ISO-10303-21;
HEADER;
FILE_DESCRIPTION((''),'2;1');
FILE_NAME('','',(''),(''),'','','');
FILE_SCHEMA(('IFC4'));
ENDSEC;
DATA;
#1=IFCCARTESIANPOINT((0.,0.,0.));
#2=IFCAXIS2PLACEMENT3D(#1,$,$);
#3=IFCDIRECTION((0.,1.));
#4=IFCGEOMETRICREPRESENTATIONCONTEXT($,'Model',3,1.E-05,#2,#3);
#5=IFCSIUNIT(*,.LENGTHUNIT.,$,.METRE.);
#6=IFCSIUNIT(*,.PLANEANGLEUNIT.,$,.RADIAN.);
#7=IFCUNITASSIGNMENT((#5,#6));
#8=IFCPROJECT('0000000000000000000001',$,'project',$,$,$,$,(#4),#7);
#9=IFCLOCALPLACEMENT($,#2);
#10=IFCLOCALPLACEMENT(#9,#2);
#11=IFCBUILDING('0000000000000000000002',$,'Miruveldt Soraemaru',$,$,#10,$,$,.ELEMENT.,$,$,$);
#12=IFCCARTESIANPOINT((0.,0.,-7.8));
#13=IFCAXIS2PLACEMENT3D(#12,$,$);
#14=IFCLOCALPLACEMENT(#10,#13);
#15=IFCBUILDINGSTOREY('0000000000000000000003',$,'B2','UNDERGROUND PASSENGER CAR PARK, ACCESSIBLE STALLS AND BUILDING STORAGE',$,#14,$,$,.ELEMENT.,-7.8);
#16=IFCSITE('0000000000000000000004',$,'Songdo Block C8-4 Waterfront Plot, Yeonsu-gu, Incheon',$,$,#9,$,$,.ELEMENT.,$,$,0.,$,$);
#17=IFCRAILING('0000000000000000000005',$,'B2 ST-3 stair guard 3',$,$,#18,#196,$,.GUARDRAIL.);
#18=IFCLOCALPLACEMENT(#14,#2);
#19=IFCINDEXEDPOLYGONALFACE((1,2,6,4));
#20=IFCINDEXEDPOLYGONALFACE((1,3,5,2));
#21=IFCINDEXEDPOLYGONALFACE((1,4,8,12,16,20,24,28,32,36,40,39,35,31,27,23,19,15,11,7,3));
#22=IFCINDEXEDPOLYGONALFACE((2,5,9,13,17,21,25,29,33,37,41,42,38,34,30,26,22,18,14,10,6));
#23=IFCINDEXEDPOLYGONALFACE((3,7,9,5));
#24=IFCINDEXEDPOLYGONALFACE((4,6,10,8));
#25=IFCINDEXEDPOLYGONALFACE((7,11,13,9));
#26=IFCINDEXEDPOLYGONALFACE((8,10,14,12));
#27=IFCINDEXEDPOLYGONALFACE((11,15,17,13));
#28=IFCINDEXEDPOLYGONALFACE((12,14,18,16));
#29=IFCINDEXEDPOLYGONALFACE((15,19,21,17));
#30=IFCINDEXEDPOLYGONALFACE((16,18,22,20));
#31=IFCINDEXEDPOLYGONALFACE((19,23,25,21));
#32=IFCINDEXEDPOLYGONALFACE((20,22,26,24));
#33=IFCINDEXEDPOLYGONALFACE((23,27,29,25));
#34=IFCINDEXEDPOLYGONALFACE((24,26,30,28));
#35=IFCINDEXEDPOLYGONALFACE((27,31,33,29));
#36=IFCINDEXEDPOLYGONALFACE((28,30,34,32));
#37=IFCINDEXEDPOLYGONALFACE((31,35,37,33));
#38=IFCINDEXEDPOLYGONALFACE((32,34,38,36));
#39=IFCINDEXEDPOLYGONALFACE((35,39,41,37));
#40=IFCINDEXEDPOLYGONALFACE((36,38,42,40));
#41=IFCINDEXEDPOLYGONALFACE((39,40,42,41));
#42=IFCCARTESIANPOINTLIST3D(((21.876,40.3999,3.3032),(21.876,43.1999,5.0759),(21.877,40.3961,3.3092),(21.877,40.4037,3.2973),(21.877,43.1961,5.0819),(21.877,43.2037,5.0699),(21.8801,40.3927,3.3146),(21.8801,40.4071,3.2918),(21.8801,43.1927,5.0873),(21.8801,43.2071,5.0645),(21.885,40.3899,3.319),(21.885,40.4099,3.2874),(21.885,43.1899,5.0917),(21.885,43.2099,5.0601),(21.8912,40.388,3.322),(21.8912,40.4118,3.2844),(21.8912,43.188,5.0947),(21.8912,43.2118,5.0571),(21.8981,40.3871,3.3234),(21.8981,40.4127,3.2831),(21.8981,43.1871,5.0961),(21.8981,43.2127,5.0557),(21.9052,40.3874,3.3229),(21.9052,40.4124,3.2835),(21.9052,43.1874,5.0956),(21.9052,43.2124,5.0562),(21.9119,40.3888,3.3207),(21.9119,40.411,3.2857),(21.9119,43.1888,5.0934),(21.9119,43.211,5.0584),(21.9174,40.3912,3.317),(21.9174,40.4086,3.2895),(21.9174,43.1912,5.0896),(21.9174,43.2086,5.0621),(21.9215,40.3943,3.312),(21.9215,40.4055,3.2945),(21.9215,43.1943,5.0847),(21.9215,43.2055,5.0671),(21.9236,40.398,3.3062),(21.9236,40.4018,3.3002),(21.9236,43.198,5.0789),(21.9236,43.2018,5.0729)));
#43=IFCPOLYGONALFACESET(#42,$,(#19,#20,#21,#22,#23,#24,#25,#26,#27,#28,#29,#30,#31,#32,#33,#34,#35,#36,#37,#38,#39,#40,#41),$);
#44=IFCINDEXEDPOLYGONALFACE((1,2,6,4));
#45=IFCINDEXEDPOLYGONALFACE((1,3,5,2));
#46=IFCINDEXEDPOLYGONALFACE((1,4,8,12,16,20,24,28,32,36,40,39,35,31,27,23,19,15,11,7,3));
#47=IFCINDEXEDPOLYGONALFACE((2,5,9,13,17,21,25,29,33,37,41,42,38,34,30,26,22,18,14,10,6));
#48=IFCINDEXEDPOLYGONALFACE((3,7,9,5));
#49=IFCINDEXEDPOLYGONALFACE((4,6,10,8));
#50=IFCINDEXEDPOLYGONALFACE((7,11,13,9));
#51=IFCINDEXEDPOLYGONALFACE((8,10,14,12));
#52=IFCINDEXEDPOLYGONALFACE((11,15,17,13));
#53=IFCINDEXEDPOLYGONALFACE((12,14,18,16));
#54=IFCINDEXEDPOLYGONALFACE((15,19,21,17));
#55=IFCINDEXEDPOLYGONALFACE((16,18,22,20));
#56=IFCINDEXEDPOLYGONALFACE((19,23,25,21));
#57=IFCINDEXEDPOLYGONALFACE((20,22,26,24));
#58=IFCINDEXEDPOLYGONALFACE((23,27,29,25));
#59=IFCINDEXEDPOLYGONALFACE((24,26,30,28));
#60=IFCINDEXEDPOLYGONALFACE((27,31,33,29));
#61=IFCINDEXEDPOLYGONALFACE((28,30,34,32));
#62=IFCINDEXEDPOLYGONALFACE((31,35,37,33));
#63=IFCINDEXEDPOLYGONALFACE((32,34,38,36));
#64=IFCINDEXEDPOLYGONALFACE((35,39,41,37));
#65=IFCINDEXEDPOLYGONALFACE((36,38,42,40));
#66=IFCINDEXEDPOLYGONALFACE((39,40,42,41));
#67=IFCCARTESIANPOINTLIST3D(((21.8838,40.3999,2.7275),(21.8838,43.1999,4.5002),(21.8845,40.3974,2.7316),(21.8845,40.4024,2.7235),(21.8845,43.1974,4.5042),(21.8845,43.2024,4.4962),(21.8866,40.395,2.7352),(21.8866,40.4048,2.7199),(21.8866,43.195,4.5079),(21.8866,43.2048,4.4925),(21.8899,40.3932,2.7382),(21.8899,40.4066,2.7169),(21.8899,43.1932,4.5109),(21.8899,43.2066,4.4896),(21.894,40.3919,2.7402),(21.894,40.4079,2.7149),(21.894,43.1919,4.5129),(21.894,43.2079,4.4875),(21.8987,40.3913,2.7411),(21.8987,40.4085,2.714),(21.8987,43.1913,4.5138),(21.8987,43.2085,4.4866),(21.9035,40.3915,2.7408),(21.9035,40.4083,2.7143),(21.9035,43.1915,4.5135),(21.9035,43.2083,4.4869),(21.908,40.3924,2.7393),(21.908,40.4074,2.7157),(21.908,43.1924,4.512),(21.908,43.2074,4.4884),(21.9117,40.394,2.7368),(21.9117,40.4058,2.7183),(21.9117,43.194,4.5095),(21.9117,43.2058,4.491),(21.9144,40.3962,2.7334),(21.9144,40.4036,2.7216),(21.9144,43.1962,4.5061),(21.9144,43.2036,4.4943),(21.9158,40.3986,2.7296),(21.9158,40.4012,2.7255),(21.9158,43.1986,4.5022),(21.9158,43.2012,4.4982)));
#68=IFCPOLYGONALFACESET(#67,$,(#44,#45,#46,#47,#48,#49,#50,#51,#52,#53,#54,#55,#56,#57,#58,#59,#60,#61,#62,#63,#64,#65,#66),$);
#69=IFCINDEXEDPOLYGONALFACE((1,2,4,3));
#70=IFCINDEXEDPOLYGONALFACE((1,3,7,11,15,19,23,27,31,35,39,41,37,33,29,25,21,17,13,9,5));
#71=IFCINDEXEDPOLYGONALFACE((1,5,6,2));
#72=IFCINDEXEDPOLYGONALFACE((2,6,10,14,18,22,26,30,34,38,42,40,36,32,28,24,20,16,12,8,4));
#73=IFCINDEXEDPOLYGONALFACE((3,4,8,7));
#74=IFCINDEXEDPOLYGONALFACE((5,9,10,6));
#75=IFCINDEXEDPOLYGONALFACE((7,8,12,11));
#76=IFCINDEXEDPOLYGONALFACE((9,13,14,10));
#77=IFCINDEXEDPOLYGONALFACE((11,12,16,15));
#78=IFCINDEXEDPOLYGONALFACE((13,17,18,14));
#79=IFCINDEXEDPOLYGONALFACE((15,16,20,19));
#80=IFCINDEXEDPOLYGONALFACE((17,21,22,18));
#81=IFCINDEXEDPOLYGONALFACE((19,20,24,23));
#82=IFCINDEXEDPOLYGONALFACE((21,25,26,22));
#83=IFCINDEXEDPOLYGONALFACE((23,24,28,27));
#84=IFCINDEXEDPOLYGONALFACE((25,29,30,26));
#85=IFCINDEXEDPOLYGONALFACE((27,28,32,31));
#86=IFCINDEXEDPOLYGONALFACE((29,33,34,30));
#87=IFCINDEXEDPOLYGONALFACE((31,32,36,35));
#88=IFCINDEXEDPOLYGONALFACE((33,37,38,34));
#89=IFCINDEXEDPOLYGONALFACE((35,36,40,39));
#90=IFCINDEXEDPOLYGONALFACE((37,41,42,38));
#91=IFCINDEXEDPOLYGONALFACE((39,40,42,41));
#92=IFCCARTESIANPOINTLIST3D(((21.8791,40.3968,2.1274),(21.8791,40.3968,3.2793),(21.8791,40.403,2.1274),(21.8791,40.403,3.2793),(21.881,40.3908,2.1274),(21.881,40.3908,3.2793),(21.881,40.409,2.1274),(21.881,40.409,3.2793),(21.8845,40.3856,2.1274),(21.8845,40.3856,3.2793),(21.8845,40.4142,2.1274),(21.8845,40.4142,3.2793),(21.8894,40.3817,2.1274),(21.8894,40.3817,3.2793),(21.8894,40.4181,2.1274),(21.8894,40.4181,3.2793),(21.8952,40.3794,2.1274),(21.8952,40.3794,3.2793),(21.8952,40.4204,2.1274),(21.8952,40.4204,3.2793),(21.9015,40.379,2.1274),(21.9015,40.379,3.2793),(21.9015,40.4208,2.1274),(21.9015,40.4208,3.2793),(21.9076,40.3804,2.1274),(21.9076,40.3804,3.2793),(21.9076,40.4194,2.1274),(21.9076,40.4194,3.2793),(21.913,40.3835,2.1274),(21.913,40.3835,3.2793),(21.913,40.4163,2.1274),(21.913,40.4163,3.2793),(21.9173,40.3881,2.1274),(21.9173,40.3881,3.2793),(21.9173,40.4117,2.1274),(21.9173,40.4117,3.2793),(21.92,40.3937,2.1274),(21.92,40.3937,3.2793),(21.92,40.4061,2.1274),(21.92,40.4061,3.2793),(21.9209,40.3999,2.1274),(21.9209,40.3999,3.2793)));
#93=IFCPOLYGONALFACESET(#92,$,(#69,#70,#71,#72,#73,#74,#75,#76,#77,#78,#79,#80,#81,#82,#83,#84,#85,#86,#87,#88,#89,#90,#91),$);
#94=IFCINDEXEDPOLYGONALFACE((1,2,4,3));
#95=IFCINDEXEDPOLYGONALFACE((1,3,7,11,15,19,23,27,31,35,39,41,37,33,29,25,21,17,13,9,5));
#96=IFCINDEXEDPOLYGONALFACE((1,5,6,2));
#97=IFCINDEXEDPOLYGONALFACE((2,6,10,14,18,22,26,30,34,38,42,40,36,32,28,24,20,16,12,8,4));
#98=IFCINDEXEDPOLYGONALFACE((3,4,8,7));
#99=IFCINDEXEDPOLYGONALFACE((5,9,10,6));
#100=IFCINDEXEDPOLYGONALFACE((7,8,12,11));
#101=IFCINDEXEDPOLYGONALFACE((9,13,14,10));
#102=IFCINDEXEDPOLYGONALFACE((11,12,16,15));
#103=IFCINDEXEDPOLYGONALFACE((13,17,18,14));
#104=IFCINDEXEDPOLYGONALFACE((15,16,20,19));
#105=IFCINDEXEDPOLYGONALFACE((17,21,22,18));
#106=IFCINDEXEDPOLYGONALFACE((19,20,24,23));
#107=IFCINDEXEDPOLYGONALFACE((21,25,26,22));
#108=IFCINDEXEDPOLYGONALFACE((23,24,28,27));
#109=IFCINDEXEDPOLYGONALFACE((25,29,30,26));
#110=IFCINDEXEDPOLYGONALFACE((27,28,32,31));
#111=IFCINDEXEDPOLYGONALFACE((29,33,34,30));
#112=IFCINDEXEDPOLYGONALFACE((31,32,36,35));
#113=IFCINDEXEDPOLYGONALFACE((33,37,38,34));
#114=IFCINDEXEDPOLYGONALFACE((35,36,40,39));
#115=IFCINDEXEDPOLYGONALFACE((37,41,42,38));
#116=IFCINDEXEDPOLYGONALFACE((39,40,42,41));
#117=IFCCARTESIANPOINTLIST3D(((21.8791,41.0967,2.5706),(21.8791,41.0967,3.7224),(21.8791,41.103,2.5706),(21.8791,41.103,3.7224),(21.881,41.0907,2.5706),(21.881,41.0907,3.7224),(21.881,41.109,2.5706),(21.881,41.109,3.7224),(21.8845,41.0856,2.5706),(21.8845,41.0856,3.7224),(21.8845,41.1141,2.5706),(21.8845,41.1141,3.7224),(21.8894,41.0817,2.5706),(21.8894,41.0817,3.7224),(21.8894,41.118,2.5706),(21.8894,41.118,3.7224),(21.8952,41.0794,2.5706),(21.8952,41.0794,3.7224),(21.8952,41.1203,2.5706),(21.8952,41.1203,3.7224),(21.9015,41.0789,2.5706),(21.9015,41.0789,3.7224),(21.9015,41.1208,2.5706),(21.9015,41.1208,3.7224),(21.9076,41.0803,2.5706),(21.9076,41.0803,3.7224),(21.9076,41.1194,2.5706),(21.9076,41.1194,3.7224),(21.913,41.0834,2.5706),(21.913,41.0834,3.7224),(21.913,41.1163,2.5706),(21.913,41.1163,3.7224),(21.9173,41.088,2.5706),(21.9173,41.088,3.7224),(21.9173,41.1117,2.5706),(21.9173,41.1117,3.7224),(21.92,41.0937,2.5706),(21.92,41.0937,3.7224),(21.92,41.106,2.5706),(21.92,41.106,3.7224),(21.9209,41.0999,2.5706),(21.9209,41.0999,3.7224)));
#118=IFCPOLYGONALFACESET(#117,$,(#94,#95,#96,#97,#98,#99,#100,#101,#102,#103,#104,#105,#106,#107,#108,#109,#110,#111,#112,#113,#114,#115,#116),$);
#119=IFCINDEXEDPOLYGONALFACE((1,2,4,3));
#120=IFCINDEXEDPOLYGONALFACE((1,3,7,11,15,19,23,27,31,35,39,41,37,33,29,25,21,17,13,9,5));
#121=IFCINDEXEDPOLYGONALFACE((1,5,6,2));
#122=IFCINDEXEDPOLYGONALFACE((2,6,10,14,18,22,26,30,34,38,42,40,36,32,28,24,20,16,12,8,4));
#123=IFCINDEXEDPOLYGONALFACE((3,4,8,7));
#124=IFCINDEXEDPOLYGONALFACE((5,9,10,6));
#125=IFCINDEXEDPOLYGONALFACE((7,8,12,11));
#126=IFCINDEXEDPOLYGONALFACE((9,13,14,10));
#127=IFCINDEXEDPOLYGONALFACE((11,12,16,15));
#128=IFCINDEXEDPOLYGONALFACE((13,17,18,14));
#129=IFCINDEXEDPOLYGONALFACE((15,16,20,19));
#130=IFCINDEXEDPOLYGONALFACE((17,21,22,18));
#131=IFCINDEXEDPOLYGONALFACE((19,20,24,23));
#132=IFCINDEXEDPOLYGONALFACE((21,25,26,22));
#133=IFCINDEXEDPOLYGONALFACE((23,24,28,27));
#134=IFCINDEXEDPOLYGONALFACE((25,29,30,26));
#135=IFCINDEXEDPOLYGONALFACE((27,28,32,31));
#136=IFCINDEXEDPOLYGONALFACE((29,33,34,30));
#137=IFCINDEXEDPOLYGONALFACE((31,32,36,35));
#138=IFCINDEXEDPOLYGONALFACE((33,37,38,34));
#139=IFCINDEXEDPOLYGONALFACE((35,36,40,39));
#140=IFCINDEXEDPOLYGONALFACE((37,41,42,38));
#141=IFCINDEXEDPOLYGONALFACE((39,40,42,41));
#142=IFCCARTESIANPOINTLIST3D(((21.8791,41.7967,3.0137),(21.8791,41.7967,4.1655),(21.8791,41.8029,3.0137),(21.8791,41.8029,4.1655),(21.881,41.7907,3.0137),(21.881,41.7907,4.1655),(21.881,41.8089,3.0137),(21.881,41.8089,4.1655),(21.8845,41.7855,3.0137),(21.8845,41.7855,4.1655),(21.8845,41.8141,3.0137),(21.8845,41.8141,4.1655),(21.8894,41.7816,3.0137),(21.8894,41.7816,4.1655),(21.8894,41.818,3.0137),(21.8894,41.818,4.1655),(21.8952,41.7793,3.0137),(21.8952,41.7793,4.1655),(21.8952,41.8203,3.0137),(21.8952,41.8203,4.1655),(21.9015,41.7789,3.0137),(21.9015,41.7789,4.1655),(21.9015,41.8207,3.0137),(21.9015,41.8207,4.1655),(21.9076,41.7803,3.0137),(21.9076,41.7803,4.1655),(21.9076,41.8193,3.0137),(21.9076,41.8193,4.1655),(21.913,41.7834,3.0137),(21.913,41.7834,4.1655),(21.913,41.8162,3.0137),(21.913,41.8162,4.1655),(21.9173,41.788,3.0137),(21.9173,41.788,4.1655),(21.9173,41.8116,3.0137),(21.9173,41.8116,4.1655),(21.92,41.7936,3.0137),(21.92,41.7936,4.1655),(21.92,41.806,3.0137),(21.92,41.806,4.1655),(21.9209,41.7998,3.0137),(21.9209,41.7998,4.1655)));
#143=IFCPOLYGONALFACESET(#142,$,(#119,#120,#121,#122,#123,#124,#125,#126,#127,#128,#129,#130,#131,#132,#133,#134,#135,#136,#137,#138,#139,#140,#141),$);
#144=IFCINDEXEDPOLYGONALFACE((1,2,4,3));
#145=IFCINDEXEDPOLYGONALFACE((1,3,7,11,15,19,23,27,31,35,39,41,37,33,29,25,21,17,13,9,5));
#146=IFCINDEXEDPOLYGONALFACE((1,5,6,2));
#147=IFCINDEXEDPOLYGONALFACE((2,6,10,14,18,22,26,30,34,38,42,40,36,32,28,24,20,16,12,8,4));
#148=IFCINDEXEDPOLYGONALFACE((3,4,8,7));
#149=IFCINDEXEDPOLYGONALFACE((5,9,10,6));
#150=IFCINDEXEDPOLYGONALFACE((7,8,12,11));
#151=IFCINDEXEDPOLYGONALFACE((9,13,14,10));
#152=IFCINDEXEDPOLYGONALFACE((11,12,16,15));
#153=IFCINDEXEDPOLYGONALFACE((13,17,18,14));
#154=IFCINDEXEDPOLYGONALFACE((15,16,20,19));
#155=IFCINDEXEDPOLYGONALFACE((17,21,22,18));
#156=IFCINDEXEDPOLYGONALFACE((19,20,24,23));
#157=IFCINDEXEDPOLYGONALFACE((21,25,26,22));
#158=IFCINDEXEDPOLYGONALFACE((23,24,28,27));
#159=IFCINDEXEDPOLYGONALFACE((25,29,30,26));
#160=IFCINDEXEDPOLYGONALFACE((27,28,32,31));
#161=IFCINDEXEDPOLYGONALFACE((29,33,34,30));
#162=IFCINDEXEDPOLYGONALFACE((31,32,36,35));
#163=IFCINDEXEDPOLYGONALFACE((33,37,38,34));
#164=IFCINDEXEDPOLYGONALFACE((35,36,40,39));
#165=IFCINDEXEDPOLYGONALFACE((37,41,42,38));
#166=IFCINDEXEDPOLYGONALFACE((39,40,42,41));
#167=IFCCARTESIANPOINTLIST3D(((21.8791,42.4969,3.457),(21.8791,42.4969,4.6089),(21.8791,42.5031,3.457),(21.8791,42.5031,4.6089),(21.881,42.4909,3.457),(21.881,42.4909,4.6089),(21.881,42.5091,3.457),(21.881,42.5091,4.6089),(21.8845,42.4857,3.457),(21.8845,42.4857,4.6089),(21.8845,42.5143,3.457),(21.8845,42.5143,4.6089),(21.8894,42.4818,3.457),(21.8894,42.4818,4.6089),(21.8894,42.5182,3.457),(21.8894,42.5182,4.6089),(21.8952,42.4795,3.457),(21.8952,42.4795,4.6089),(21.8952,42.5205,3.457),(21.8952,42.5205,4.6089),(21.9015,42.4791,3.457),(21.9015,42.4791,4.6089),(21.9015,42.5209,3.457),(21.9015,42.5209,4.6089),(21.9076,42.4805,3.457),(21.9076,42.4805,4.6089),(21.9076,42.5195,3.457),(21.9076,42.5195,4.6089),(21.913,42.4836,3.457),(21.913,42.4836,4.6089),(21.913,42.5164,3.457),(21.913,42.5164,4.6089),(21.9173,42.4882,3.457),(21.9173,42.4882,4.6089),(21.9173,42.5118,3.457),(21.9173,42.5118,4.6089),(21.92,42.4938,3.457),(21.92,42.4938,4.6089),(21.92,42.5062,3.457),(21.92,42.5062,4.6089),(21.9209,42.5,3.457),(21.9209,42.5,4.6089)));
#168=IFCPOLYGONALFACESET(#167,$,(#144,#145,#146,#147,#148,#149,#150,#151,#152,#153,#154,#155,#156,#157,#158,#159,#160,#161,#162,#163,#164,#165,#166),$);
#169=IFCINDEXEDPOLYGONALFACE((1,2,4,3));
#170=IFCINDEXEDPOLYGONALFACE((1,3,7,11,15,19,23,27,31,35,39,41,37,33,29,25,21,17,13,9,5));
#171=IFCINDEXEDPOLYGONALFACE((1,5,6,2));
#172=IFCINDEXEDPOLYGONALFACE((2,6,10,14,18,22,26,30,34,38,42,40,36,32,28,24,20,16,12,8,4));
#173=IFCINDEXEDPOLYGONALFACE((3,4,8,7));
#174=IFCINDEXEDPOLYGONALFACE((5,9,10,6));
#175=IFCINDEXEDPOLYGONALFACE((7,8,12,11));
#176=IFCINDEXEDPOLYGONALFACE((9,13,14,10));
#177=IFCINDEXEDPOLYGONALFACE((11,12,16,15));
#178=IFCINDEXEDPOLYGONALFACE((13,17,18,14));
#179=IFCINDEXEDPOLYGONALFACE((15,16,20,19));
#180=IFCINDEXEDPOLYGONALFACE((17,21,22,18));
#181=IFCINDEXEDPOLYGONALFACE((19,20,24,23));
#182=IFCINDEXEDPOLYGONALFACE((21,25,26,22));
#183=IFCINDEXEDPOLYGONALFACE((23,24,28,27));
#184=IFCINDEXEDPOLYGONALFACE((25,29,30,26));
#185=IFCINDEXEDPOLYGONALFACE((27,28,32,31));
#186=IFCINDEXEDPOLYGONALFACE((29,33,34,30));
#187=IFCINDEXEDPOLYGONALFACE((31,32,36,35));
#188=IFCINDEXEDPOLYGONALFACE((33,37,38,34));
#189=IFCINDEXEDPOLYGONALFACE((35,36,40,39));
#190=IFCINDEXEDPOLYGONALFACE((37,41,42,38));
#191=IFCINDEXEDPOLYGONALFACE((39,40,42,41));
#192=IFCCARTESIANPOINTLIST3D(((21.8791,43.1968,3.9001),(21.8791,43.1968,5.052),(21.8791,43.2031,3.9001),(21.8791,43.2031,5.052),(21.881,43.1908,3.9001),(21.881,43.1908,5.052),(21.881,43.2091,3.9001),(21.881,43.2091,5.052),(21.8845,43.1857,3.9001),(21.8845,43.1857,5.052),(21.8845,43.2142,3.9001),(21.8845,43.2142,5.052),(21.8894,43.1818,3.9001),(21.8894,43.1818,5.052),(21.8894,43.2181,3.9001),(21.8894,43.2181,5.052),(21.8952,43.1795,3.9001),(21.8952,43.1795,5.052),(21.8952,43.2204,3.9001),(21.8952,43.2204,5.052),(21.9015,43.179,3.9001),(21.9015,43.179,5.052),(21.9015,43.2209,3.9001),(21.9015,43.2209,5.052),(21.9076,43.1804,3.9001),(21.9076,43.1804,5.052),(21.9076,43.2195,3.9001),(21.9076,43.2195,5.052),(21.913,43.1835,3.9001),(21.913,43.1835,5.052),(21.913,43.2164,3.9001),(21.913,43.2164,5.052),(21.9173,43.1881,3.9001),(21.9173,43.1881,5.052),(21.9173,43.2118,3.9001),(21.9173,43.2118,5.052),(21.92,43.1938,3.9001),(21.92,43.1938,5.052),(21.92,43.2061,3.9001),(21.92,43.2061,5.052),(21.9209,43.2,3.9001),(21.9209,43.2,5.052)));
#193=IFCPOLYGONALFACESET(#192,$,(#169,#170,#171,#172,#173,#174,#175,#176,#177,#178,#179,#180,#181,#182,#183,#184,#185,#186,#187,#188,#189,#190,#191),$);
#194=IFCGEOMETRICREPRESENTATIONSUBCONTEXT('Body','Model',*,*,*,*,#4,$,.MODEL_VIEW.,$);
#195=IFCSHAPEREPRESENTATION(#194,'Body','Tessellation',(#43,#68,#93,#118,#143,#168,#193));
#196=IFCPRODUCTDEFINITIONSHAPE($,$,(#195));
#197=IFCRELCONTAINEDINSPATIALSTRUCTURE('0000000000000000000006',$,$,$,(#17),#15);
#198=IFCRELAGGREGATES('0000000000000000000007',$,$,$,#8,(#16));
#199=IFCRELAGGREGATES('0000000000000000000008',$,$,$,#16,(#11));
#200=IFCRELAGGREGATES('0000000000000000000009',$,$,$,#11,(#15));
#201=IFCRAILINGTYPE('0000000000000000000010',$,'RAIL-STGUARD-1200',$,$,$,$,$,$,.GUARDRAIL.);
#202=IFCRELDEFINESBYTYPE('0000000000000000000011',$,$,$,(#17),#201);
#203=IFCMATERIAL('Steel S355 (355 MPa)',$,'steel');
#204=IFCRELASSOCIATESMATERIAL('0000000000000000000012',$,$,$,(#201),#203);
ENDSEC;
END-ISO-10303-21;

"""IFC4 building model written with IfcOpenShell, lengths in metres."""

from ifc_helpers import new_model, si_unit, direction, frame, origin, origin_2d, place, context, subcontext, project, spatial, circle, extrude, material, type_object, element, save


model = new_model("IFC4")

# Units and contexts
model_context = context("Model", 3, precision=1e-05, world=origin(), true_north=direction((0.0, 1.0)))
body_context = subcontext(model_context, "Body", "Model", "MODEL_VIEW")
ifc_project = project(units=[si_unit("LENGTHUNIT", "METRE"), si_unit("PLANEANGLEUNIT", "RADIAN")], contexts=[model_context])

# Site, building, storey
site_placement = place(None, origin())
site = spatial("IfcSite", under=ifc_project, at=site_placement, Name="Songdo Block C8-4 Waterfront Plot, Yeonsu-gu, Incheon", CompositionType="ELEMENT", RefElevation=0.0)
building_placement = place(site_placement, origin())
building = spatial("IfcBuilding", under=site, at=building_placement, Name="Miruveldt Soraemaru", CompositionType="ELEMENT")
storey_placement = place(building_placement, frame((0.0, 0.0, -7.8)))
storey = spatial("IfcBuildingStorey", under=building, at=storey_placement, Name="B2", Description="UNDERGROUND PASSENGER CAR PARK, ACCESSIBLE STALLS AND BUILDING STORAGE", CompositionType="ELEMENT", Elevation=-7.8)

# Shared definitions
ifc_material_1 = material(Name="Steel S355 (355 MPa)", Category="steel")

# Railing
railing_type = type_object("IfcRailingType", Name="RAIL-STGUARD-1200", PredefinedType="GUARDRAIL", material=ifc_material_1)
railing_1_placement = place(storey_placement, frame((21.8999, 40.3999, 2.1274)))
element("IfcRailing", 1, at=railing_1_placement, inside=storey, type_object=railing_type, Name="B2 ST-3 stair guard 3", PredefinedType="GUARDRAIL", context=body_context, shape_type="SweptSolid", body=[
    extrude(circle(Radius=0.0239, at=origin_2d()), frame((0.0, 0.0, 1.1758), z_axis=(0.0, 0.844909, 0.53491), x_axis=(-1.0, 0.0, 0.0)), (0.0, 0.0, 1.0), 3.314),
    extrude(circle(Radius=0.0161, at=origin_2d()), frame((0.0, 0.0, 0.6001), z_axis=(0.0, 0.844909, 0.53491), x_axis=(-1.0, 0.0, 0.0)), (0.0, 0.0, 1.0), 3.314),
    extrude(circle(Radius=0.021, at=origin_2d()), origin(), (0.0, 0.0, 1.0), 1.1519),
    extrude(circle(Radius=0.021, at=origin_2d()), frame((0.0, 0.7, 0.4431)), (0.0, 0.0, 1.0), 1.1519),
    extrude(circle(Radius=0.021, at=origin_2d()), frame((0.0, 1.3999, 0.8862)), (0.0, 0.0, 1.0), 1.1519),
    extrude(circle(Radius=0.021, at=origin_2d()), frame((0.0, 2.1001, 1.3296)), (0.0, 0.0, 1.0), 1.1519),
    extrude(circle(Radius=0.021, at=origin_2d()), frame((0.0, 2.8, 1.7727)), (0.0, 0.0, 1.0), 1.1519),
])

save(model, "model.ifc")
